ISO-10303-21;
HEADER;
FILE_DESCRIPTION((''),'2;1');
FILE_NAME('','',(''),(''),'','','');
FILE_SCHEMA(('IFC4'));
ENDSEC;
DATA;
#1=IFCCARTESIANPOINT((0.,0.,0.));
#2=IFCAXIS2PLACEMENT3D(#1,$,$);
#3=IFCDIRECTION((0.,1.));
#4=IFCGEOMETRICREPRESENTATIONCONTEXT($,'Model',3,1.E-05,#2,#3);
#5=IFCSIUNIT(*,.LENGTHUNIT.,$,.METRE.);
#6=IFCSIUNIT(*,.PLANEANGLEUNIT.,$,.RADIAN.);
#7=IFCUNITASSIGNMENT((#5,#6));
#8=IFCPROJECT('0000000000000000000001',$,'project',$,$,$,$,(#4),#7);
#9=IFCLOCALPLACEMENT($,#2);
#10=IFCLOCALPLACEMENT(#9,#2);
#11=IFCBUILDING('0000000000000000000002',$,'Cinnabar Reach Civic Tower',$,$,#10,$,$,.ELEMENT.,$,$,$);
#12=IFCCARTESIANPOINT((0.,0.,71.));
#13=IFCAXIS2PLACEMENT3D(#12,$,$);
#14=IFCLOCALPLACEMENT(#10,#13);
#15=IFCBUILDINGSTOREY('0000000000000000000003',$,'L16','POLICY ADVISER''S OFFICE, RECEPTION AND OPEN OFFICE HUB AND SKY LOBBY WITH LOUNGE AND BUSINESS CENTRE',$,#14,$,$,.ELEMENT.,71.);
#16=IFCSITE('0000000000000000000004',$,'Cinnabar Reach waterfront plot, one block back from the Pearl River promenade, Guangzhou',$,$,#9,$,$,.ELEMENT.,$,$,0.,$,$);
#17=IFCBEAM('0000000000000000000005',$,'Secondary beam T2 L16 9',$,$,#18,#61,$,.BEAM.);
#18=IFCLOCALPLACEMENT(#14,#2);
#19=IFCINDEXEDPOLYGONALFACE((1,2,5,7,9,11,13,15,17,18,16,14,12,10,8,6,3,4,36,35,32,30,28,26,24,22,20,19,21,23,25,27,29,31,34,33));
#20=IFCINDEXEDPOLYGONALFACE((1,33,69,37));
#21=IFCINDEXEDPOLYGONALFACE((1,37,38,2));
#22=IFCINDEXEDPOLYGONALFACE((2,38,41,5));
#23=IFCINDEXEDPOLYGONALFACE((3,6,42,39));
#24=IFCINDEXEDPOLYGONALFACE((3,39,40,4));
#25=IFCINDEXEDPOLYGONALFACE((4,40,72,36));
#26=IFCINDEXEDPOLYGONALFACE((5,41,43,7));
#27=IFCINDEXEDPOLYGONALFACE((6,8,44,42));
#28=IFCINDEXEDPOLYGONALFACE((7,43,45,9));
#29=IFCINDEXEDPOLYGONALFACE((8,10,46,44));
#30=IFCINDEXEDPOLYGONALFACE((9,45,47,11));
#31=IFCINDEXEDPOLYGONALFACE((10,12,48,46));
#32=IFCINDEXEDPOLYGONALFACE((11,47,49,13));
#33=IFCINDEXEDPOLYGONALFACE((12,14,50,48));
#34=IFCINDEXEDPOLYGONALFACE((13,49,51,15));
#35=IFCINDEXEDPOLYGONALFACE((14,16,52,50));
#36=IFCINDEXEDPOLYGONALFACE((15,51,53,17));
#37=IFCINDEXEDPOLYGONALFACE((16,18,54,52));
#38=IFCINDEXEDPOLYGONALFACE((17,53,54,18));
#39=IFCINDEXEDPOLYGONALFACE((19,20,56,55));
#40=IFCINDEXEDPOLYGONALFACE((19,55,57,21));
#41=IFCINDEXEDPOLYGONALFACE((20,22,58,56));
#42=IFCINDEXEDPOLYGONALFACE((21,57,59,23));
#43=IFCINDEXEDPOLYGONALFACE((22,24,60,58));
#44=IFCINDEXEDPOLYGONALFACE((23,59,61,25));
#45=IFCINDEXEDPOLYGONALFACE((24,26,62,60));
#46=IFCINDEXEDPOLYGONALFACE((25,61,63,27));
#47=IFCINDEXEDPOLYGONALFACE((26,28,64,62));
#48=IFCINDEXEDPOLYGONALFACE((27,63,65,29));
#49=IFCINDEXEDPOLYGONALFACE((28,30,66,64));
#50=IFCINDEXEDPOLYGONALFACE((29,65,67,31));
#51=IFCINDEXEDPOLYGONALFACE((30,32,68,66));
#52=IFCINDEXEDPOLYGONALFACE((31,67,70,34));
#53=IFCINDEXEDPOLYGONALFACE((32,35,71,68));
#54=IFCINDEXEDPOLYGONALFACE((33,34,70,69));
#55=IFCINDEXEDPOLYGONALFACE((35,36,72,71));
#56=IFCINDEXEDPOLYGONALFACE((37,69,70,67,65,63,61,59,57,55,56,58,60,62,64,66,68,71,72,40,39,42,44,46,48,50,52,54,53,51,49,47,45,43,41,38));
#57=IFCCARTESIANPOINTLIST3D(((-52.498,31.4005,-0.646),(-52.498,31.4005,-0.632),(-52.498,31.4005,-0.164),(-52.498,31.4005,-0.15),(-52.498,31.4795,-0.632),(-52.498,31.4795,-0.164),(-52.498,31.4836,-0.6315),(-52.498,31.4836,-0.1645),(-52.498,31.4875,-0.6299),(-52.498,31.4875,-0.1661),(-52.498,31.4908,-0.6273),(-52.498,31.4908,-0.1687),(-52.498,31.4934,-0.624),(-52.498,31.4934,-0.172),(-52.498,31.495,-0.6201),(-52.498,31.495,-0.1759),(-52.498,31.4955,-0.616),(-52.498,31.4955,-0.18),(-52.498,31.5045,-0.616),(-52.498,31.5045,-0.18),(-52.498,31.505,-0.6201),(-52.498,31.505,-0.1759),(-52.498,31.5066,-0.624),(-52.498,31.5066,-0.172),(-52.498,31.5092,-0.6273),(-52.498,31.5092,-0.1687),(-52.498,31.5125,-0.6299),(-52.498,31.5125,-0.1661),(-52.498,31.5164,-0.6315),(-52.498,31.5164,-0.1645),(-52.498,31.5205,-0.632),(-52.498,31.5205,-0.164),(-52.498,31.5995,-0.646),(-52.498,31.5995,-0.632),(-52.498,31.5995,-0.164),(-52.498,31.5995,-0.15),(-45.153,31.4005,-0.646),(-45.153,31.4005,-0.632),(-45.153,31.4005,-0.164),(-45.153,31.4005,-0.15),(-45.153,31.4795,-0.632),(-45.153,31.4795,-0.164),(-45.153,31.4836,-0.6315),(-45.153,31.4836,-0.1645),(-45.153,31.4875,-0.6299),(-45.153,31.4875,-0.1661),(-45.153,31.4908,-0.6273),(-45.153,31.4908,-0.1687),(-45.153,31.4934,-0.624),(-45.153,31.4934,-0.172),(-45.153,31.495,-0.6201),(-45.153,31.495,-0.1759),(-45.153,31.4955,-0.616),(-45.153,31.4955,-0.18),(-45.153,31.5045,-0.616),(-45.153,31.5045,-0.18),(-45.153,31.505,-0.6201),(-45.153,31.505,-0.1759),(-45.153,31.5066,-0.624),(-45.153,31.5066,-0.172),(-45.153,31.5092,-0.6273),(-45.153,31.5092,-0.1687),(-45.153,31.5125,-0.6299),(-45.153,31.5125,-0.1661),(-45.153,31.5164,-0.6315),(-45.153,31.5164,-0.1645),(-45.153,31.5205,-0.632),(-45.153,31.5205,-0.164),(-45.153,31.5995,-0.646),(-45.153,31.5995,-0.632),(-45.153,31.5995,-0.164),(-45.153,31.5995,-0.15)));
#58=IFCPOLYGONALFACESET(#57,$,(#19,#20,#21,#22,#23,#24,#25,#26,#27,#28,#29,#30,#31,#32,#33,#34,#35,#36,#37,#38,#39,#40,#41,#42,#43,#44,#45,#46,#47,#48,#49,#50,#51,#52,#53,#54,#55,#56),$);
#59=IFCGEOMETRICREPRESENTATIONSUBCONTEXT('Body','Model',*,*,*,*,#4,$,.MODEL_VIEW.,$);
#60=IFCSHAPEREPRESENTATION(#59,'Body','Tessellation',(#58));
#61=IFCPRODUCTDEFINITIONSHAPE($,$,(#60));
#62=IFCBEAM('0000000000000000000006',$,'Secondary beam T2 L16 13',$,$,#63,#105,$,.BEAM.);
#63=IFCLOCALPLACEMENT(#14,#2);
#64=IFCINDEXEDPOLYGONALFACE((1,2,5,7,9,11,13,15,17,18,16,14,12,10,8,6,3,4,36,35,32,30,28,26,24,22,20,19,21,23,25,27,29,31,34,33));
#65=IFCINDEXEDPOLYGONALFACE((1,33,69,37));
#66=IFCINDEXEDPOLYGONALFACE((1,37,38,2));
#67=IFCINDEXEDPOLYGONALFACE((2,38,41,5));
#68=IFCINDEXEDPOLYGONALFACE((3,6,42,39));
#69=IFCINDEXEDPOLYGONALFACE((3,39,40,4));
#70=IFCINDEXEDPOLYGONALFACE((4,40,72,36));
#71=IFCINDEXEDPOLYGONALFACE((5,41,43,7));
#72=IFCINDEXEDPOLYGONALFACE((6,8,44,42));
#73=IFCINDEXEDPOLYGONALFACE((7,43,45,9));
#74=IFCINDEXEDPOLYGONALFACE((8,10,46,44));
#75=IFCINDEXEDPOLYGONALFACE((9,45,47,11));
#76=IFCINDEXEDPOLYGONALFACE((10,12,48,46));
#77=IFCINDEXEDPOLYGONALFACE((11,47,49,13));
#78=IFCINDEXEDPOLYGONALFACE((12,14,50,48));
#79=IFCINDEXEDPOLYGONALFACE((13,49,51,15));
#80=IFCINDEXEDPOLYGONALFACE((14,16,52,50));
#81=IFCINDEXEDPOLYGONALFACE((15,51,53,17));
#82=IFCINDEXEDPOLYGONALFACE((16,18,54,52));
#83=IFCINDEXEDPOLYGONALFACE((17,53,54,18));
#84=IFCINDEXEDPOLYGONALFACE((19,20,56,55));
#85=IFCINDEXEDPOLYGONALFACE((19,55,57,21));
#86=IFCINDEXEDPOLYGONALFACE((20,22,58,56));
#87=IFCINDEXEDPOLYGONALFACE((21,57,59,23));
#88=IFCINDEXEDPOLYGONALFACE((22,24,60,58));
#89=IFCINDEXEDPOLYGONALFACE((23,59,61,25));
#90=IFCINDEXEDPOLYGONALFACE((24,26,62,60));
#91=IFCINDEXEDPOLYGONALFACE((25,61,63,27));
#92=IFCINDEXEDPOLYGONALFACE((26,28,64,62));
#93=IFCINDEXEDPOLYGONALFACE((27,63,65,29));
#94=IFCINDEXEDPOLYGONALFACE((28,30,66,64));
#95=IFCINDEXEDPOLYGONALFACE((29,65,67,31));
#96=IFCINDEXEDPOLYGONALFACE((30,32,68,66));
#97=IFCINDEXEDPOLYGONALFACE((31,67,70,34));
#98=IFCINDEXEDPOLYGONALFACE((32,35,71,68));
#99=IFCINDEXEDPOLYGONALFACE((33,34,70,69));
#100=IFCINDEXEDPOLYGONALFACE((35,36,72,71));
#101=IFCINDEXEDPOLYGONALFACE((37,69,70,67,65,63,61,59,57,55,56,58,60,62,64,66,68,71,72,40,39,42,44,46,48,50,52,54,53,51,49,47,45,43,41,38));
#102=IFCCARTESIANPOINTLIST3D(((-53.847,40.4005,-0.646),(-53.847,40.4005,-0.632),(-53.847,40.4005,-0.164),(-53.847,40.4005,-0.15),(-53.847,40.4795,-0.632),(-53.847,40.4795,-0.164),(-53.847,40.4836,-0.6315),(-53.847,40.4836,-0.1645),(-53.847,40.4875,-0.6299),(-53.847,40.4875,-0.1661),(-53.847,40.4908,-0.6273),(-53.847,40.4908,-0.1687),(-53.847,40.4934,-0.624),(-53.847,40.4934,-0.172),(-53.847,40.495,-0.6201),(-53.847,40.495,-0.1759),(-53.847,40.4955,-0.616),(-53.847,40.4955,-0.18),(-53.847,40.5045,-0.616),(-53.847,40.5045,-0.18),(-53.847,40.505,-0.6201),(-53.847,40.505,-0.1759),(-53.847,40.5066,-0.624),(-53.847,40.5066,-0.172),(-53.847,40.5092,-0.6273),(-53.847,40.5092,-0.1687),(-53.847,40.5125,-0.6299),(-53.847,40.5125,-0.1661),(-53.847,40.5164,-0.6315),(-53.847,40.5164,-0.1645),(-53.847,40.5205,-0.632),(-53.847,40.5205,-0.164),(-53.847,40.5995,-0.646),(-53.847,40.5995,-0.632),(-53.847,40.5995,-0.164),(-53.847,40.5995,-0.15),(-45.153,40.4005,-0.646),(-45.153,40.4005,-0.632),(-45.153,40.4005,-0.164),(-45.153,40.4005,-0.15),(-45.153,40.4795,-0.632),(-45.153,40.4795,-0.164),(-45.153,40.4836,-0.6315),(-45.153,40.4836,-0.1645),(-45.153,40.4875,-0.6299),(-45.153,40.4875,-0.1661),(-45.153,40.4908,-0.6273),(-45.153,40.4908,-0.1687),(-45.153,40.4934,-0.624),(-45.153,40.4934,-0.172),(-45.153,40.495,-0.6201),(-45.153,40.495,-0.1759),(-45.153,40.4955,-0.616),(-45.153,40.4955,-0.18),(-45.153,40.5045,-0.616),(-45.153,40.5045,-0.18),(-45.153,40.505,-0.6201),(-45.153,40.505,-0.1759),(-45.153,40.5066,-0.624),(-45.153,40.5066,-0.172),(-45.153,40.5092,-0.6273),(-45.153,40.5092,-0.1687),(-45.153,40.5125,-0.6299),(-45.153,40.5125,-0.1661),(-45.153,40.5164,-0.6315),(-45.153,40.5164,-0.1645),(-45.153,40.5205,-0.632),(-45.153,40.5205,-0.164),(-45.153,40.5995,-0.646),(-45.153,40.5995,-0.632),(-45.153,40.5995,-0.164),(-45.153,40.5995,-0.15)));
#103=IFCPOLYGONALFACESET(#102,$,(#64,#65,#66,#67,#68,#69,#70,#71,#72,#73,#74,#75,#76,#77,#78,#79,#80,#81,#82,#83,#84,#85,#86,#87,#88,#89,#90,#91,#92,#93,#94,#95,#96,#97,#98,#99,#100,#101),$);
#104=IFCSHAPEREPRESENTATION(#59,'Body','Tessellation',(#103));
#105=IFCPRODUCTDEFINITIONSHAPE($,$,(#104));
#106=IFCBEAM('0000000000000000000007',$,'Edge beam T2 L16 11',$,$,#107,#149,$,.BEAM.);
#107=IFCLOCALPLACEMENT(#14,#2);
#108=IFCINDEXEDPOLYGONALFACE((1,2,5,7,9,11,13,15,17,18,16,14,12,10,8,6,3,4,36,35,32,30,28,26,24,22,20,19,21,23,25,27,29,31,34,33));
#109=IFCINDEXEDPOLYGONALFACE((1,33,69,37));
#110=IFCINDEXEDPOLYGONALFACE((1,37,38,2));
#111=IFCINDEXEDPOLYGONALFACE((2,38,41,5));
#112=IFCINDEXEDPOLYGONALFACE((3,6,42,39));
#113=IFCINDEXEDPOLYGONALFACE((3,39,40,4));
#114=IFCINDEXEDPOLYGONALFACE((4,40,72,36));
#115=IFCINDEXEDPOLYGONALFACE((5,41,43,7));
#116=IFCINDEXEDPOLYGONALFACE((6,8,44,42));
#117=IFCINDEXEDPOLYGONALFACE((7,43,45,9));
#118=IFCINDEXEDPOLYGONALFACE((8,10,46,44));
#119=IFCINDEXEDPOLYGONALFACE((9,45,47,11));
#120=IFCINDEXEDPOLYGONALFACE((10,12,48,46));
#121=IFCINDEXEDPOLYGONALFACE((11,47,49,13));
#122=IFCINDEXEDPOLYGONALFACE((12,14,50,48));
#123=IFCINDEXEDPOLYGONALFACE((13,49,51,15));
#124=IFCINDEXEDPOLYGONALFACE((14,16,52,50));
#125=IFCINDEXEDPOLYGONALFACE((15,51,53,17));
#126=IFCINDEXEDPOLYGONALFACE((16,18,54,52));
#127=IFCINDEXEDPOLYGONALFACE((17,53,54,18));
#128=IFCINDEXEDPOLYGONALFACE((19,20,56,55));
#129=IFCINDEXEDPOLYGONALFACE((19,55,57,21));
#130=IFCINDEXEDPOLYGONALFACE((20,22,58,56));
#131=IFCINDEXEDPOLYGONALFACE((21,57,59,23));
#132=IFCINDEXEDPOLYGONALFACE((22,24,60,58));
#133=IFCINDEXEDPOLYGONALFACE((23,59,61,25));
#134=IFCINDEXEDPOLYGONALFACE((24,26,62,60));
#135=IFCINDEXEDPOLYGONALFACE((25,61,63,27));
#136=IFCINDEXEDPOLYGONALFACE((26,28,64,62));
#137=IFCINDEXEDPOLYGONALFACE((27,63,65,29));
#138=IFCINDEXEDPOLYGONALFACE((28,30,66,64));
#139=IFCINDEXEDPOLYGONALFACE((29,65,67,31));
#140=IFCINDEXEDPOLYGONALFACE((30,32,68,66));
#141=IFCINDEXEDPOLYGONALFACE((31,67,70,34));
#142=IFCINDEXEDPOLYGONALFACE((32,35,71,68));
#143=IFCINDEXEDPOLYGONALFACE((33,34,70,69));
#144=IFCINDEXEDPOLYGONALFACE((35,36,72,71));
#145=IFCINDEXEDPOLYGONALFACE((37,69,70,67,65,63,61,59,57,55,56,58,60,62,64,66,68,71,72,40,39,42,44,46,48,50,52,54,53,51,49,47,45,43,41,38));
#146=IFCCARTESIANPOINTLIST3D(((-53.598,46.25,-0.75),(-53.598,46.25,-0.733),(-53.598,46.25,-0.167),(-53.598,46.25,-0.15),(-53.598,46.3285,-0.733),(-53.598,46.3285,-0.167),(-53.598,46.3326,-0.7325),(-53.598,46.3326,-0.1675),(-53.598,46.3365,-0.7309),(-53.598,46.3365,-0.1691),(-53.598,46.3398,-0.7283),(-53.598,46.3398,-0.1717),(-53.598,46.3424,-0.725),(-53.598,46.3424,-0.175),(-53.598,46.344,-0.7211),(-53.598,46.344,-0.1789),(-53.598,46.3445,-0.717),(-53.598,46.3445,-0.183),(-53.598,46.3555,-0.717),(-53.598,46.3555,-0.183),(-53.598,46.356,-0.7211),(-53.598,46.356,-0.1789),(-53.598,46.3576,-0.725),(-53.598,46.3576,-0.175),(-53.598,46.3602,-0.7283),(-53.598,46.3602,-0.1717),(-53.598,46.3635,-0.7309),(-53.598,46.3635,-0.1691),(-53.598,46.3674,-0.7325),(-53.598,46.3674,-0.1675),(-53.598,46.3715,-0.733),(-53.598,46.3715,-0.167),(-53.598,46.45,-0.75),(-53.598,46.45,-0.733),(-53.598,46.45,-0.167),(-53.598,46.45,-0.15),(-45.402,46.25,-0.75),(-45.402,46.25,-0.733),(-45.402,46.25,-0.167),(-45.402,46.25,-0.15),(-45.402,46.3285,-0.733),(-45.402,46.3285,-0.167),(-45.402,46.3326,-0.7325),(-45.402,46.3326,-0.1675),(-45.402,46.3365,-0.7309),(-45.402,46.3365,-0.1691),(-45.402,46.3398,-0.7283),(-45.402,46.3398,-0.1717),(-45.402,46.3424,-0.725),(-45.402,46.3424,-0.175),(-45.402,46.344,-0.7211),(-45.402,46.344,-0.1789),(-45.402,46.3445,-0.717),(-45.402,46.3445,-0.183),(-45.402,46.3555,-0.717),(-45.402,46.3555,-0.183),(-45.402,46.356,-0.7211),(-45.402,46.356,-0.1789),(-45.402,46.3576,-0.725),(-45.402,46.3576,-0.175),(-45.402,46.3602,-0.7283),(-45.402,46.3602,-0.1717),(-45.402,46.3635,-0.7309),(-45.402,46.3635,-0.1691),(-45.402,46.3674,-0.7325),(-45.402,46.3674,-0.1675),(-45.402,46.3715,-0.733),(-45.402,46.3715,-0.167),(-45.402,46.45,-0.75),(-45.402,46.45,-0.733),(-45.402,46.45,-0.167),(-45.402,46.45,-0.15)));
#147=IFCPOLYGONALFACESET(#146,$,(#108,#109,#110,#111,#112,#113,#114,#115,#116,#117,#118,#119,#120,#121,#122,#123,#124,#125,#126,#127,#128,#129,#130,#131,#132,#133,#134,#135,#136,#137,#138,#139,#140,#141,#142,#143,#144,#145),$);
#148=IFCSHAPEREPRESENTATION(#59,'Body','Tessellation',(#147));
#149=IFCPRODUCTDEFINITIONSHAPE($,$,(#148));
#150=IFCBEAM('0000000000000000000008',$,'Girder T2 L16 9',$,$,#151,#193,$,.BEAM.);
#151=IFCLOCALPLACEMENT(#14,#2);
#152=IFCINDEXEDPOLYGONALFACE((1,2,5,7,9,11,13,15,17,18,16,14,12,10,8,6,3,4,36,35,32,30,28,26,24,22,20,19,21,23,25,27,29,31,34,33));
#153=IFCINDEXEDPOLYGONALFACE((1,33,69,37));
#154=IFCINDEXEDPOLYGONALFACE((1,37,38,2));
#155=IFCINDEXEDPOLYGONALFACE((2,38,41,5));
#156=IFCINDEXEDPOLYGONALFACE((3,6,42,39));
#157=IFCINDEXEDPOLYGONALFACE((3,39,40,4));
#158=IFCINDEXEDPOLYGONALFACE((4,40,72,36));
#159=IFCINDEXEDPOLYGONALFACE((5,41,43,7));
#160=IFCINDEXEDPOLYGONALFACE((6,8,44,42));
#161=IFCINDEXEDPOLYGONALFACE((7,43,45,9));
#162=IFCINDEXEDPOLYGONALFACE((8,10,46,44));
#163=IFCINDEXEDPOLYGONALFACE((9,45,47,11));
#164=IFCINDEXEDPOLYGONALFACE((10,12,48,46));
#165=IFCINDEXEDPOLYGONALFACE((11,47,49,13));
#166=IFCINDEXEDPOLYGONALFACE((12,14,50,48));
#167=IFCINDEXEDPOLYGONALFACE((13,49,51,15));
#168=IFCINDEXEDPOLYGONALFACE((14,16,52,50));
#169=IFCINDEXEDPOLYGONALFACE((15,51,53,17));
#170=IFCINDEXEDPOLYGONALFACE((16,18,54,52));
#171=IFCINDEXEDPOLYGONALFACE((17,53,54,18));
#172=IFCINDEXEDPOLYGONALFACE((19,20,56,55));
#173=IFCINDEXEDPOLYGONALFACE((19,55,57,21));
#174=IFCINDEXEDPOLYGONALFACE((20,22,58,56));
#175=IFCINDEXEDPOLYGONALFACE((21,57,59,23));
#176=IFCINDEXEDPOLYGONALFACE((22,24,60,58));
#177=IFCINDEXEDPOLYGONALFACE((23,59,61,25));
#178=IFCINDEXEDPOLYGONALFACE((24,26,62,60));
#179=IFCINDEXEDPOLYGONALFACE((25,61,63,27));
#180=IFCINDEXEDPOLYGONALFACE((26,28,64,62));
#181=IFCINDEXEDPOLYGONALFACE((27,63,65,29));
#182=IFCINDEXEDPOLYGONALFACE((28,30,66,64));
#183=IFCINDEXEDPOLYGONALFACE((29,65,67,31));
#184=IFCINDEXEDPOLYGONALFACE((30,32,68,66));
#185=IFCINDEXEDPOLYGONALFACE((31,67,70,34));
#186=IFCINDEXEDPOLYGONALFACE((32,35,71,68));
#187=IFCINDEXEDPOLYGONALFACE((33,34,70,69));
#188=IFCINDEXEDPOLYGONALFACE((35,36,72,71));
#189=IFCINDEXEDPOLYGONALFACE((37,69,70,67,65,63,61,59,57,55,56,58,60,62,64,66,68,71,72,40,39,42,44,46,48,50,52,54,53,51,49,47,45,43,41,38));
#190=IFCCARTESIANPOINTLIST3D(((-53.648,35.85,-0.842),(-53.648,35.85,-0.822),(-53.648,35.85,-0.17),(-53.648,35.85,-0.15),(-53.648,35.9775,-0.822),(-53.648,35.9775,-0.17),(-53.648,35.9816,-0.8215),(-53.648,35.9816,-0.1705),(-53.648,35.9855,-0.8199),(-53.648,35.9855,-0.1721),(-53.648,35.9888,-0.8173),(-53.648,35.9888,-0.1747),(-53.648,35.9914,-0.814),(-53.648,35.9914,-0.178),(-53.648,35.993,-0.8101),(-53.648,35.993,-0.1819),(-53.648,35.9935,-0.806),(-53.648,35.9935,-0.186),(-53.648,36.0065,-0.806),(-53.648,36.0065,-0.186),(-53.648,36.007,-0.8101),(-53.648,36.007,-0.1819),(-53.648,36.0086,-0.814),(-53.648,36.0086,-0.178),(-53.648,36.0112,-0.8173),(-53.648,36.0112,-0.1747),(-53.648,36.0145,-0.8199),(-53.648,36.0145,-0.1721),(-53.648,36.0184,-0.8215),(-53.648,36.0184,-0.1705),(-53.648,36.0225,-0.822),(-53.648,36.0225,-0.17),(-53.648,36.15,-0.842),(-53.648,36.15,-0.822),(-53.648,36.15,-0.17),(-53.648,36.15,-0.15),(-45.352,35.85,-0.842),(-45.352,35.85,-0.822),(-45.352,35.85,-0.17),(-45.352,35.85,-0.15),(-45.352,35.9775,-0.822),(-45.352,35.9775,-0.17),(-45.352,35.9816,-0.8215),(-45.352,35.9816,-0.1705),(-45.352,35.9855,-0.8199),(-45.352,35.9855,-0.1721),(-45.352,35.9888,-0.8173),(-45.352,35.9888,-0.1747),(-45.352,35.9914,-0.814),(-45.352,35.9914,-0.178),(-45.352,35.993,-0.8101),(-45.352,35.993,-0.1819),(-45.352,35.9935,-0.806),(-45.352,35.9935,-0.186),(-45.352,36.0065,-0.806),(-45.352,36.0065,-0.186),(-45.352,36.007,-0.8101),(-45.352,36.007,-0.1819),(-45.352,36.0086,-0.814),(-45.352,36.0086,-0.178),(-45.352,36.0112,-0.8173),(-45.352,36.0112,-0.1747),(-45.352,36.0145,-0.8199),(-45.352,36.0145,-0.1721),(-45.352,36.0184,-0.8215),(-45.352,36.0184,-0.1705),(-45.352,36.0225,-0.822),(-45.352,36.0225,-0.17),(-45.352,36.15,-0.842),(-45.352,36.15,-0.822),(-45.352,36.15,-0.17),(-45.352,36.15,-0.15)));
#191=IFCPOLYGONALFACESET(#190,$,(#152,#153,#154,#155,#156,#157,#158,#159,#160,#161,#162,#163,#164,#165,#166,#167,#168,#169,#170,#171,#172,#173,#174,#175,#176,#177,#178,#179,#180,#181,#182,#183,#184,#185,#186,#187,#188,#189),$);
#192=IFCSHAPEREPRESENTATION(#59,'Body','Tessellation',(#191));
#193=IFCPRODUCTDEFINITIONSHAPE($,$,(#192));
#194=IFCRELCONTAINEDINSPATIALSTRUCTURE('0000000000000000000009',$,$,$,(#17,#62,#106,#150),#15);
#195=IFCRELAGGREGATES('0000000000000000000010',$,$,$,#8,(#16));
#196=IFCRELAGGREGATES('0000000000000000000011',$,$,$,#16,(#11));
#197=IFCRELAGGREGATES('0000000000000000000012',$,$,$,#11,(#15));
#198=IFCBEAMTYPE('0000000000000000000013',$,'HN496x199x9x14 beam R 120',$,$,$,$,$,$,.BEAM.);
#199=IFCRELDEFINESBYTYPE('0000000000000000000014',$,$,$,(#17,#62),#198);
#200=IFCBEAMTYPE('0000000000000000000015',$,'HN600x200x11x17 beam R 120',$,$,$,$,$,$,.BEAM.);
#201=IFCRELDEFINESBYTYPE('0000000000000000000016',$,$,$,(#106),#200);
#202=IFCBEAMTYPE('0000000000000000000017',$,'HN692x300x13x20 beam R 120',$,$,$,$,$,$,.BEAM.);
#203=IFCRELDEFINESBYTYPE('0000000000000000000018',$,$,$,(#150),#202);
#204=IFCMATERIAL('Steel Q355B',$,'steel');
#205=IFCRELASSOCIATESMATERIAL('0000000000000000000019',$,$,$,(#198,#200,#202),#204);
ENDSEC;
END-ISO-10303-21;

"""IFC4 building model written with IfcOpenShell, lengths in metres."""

from ifc_helpers import new_model, si_unit, direction, frame, origin, origin_2d, place, context, subcontext, project, spatial, i_section, extrude, material, material_profile, profile_set, type_object, element, save


model = new_model("IFC4")

# Units and contexts
model_context = context("Model", 3, precision=1e-05, world=origin(), true_north=direction((0.0, 1.0)))
body_context = subcontext(model_context, "Body", "Model", "MODEL_VIEW")
ifc_project = project(units=[si_unit("LENGTHUNIT", "METRE"), si_unit("PLANEANGLEUNIT", "RADIAN")], contexts=[model_context])

# Site, building, storey
site_placement = place(None, origin())
site = spatial("IfcSite", under=ifc_project, at=site_placement, Name="Cinnabar Reach waterfront plot, one block back from the Pearl River promenade, Guangzhou", CompositionType="ELEMENT", RefElevation=0.0)
building_placement = place(site_placement, origin())
building = spatial("IfcBuilding", under=site, at=building_placement, Name="Cinnabar Reach Civic Tower", CompositionType="ELEMENT")
storey_placement = place(building_placement, frame((0.0, 0.0, 71.0)))
storey = spatial("IfcBuildingStorey", under=building, at=storey_placement, Name="L16", Description="POLICY ADVISER'S OFFICE, RECEPTION AND OPEN OFFICE HUB AND SKY LOBBY WITH LOUNGE AND BUSINESS CENTRE", CompositionType="ELEMENT", Elevation=71.0)

# Beams
ifc_material_1 = material(Name="Steel Q355B", Category="steel")
ifc_material_profile_1 = material_profile(ifc_material_1, i_section(OverallWidth=0.199, OverallDepth=0.496, WebThickness=0.009, FlangeThickness=0.014, FilletRadius=0.016, at=origin_2d()), Name="HN496x199x9x14")
ifc_profile_set_1 = profile_set([ifc_material_profile_1], Name="Steel Q355B")
beam_type_1 = type_object("IfcBeamType", Name="HN496x199x9x14 beam R 120", PredefinedType="BEAM", material=ifc_profile_set_1)
beam_1_placement = place(storey_placement, frame((-52.498, 31.5, -0.398), z_axis=(1.0, 0.0, 0.0), x_axis=(0.0, 1.0, 0.0)))
element("IfcBeam", 1, at=beam_1_placement, inside=storey, type_object=beam_type_1, Name="Secondary beam T2 L16 9", PredefinedType="BEAM", context=body_context, shape_type="SweptSolid", body=[
    extrude(i_section(OverallWidth=0.199, OverallDepth=0.496, WebThickness=0.009, FlangeThickness=0.014, FilletRadius=0.016, at=origin_2d()), origin(), (0.0, 0.0, 1.0), 7.345),
])
beam_2_placement = place(storey_placement, frame((-53.847, 40.5, -0.398), z_axis=(1.0, 0.0, 0.0), x_axis=(0.0, 1.0, 0.0)))
element("IfcBeam", 2, at=beam_2_placement, inside=storey, type_object=beam_type_1, Name="Secondary beam T2 L16 13", PredefinedType="BEAM", context=body_context, shape_type="SweptSolid", body=[
    extrude(i_section(OverallWidth=0.199, OverallDepth=0.496, WebThickness=0.009, FlangeThickness=0.014, FilletRadius=0.016, at=origin_2d()), origin(), (0.0, 0.0, 1.0), 8.694),
])
ifc_material_profile_2 = material_profile(ifc_material_1, i_section(OverallWidth=0.2, OverallDepth=0.6, WebThickness=0.011, FlangeThickness=0.017, FilletRadius=0.016, at=origin_2d()), Name="HN600x200x11x17")
ifc_profile_set_2 = profile_set([ifc_material_profile_2], Name="Steel Q355B")
beam_type_2 = type_object("IfcBeamType", Name="HN600x200x11x17 beam R 120", PredefinedType="BEAM", material=ifc_profile_set_2)
beam_3_placement = place(storey_placement, frame((-45.402, 46.35, -0.45), z_axis=(-1.0, 0.0, 0.0), x_axis=(0.0, -1.0, 0.0)))
element("IfcBeam", 3, at=beam_3_placement, inside=storey, type_object=beam_type_2, Name="Edge beam T2 L16 11", PredefinedType="BEAM", context=body_context, shape_type="SweptSolid", body=[
    extrude(i_section(OverallWidth=0.2, OverallDepth=0.6, WebThickness=0.011, FlangeThickness=0.017, FilletRadius=0.016, at=origin_2d()), origin(), (0.0, 0.0, 1.0), 8.196),
])
ifc_material_profile_3 = material_profile(ifc_material_1, i_section(OverallWidth=0.3, OverallDepth=0.692, WebThickness=0.013, FlangeThickness=0.02, FilletRadius=0.016, at=origin_2d()), Name="HN692x300x13x20")
ifc_profile_set_3 = profile_set([ifc_material_profile_3], Name="Steel Q355B")
beam_type_3 = type_object("IfcBeamType", Name="HN692x300x13x20 beam R 120", PredefinedType="BEAM", material=ifc_profile_set_3)
beam_4_placement = place(storey_placement, frame((-53.648, 36.0, -0.496), z_axis=(1.0, 0.0, 0.0), x_axis=(0.0, 1.0, 0.0)))
element("IfcBeam", 4, at=beam_4_placement, inside=storey, type_object=beam_type_3, Name="Girder T2 L16 9", PredefinedType="BEAM", context=body_context, shape_type="SweptSolid", body=[
    extrude(i_section(OverallWidth=0.3, OverallDepth=0.692, WebThickness=0.013, FlangeThickness=0.02, FilletRadius=0.016, at=origin_2d()), origin(), (0.0, 0.0, 1.0), 8.296),
])

save(model, "model.ifc")
